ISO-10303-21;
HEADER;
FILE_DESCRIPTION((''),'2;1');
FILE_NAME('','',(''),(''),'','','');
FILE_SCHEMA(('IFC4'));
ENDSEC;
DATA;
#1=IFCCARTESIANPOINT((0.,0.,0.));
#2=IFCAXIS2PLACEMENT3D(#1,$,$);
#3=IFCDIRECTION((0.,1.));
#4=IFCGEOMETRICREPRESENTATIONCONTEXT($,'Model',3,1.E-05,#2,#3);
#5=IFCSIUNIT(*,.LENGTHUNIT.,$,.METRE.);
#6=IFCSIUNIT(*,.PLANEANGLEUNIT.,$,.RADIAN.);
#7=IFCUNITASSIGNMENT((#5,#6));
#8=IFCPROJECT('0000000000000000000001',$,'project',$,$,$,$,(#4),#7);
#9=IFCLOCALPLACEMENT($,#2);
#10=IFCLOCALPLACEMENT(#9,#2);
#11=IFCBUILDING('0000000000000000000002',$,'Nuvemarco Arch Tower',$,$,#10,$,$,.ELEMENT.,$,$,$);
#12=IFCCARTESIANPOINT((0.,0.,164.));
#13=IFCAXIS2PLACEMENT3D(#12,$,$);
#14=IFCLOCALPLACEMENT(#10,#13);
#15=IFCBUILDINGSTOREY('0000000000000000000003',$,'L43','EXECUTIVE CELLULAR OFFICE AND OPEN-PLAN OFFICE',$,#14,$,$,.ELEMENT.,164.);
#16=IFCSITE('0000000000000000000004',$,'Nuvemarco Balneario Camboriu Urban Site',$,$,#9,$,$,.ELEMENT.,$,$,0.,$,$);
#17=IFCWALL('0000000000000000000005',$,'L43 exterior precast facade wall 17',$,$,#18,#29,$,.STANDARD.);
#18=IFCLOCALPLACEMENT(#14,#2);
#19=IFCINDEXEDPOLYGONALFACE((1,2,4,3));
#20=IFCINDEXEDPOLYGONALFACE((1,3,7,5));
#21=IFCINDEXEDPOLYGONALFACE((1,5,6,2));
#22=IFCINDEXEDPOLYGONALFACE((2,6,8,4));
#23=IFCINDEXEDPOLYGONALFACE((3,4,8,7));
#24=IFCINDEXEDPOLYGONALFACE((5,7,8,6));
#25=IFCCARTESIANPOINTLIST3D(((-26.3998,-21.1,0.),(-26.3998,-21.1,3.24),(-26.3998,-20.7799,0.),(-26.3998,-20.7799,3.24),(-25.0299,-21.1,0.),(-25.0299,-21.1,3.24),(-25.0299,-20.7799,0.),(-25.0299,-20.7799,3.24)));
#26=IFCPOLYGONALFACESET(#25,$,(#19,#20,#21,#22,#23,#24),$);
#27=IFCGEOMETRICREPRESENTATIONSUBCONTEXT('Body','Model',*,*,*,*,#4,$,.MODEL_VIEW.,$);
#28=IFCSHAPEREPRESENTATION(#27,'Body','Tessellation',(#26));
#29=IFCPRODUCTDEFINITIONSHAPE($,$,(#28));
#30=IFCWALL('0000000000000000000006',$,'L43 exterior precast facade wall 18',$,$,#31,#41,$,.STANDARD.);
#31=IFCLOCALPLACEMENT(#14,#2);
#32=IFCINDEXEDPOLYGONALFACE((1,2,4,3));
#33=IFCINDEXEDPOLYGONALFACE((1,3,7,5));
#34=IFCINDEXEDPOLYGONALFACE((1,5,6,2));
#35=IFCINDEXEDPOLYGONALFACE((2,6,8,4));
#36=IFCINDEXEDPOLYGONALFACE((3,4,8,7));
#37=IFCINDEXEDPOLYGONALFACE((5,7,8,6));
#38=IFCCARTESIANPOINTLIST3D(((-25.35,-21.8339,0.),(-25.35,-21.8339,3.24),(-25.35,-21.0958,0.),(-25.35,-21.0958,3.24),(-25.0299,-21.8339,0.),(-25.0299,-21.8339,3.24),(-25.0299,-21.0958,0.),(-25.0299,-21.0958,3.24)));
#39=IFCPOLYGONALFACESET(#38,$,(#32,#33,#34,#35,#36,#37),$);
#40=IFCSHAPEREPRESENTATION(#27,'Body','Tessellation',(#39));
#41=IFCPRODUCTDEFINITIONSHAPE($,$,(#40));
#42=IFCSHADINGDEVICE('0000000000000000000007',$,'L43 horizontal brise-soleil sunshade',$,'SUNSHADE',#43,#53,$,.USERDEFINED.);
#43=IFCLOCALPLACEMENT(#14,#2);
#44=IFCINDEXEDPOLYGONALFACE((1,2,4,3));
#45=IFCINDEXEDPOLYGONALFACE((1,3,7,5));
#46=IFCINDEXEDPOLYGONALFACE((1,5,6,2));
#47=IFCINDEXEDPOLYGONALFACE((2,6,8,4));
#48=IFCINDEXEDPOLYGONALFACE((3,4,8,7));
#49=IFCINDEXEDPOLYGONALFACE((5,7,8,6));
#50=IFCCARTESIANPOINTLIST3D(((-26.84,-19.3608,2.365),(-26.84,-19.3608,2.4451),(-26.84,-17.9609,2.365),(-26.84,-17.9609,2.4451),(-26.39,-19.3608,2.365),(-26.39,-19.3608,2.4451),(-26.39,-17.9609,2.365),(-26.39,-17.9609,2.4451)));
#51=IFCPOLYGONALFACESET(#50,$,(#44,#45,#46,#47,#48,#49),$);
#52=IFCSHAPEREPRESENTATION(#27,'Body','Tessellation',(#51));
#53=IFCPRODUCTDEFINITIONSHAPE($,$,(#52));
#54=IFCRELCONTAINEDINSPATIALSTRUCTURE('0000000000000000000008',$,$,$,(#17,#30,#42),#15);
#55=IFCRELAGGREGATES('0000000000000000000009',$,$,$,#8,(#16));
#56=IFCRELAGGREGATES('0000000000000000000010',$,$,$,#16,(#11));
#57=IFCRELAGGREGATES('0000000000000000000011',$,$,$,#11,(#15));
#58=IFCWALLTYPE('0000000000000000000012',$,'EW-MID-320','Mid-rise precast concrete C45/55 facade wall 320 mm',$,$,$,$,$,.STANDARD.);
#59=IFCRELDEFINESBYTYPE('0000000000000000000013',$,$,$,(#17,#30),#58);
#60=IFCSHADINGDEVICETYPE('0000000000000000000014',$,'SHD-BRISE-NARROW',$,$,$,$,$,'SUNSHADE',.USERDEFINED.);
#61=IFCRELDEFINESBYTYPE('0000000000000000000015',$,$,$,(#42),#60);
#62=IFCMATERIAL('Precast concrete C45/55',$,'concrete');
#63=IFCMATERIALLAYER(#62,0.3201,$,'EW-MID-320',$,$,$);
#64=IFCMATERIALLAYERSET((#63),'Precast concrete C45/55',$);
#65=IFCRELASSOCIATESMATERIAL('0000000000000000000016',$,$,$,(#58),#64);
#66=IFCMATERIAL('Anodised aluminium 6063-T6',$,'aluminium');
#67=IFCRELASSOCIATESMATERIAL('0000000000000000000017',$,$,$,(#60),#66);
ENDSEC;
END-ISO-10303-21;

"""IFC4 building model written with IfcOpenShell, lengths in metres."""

from ifc_helpers import new_model, si_unit, direction, frame, frame_2d, origin, origin_2d, place, context, subcontext, project, spatial, rectangle, extrude, source, transform, mapped, material, layer, layer_set, type_object, type_shapes, element, save


model = new_model("IFC4")

# Units and contexts
model_context = context("Model", 3, precision=1e-05, world=origin(), true_north=direction((0.0, 1.0)))
body_context = subcontext(model_context, "Body", "Model", "MODEL_VIEW")
ifc_project = project(units=[si_unit("LENGTHUNIT", "METRE"), si_unit("PLANEANGLEUNIT", "RADIAN")], contexts=[model_context])

# Site, building, storey
site_placement = place(None, origin())
site = spatial("IfcSite", under=ifc_project, at=site_placement, Name="Nuvemarco Balneario Camboriu Urban Site", CompositionType="ELEMENT", RefElevation=0.0)
building_placement = place(site_placement, origin())
building = spatial("IfcBuilding", under=site, at=building_placement, Name="Nuvemarco Arch Tower", CompositionType="ELEMENT")
storey_placement = place(building_placement, frame((0.0, 0.0, 164.0)))
storey = spatial("IfcBuildingStorey", under=building, at=storey_placement, Name="L43", Description="EXECUTIVE CELLULAR OFFICE AND OPEN-PLAN OFFICE", CompositionType="ELEMENT", Elevation=164.0)

# Shared definitions
ifc_material_1 = material(Name="Precast concrete C45/55", Category="concrete")
ifc_layer = layer(ifc_material_1, 0.3201, Name="EW-MID-320")
ifc_layer_set = layer_set([ifc_layer], Name="Precast concrete C45/55")
wall_type = type_object("IfcWallType", Name="EW-MID-320", Description="Mid-rise precast concrete C45/55 facade wall 320 mm", PredefinedType="STANDARD", material=ifc_layer_set)

# Walls
wall_1_placement = place(storey_placement, frame((-26.3999, -20.9399, 0.0), z_axis=(0.0, 0.0, 1.0), x_axis=(1.0, 0.0, 0.0)))
element("IfcWall", 1, at=wall_1_placement, inside=storey, type_object=wall_type, Name="L43 exterior precast facade wall 17", PredefinedType="STANDARD", context=body_context, shape_type="SweptSolid", body=[
    extrude(rectangle(XDim=1.3699, YDim=0.3201, at=frame_2d((0.6851, 0.0))), origin(), (0.0, 0.0, 1.0), 3.24),
])
wall_2_placement = place(storey_placement, frame((-25.1899, -21.834, 0.0), z_axis=(0.0, 0.0, 1.0), x_axis=(0.0, 1.0, 0.0)))
element("IfcWall", 2, at=wall_2_placement, inside=storey, type_object=wall_type, Name="L43 exterior precast facade wall 18", PredefinedType="STANDARD", context=body_context, shape_type="SweptSolid", body=[
    extrude(rectangle(XDim=0.738, YDim=0.3201, at=frame_2d((0.3691, 0.0))), origin(), (0.0, 0.0, 1.0), 3.24),
])

# Shading device
ifc_material_2 = material(Name="Anodised aluminium 6063-T6", Category="aluminium")
shading_device_type = type_object("IfcShadingDeviceType", Name="SHD-BRISE-NARROW", ElementType="SUNSHADE", PredefinedType="USERDEFINED", material=ifc_material_2)
shared_shape_1 = source(origin(), body_context, "Body", "SweptSolid", [
    extrude(rectangle(XDim=1.3999, YDim=0.45, at=origin_2d()), origin(), (0.0, 0.0, 1.0), 0.0801),
])
type_shapes(shading_device_type, [shared_shape_1])
shading_device_placement = place(storey_placement, frame((-26.615, -18.6609, 2.365), z_axis=(0.0, 0.0, 1.0), x_axis=(0.0, 1.0, 0.0)))
element("IfcShadingDevice", 3, at=shading_device_placement, inside=storey, type_object=shading_device_type, Name="L43 horizontal brise-soleil sunshade", ObjectType="SUNSHADE", PredefinedType="USERDEFINED", context=body_context, shape_type="MappedRepresentation", body=[
    mapped(shared_shape_1, transform((0.0, 0.0, 0.0), scale=1.0)),
])

save(model, "model.ifc")
